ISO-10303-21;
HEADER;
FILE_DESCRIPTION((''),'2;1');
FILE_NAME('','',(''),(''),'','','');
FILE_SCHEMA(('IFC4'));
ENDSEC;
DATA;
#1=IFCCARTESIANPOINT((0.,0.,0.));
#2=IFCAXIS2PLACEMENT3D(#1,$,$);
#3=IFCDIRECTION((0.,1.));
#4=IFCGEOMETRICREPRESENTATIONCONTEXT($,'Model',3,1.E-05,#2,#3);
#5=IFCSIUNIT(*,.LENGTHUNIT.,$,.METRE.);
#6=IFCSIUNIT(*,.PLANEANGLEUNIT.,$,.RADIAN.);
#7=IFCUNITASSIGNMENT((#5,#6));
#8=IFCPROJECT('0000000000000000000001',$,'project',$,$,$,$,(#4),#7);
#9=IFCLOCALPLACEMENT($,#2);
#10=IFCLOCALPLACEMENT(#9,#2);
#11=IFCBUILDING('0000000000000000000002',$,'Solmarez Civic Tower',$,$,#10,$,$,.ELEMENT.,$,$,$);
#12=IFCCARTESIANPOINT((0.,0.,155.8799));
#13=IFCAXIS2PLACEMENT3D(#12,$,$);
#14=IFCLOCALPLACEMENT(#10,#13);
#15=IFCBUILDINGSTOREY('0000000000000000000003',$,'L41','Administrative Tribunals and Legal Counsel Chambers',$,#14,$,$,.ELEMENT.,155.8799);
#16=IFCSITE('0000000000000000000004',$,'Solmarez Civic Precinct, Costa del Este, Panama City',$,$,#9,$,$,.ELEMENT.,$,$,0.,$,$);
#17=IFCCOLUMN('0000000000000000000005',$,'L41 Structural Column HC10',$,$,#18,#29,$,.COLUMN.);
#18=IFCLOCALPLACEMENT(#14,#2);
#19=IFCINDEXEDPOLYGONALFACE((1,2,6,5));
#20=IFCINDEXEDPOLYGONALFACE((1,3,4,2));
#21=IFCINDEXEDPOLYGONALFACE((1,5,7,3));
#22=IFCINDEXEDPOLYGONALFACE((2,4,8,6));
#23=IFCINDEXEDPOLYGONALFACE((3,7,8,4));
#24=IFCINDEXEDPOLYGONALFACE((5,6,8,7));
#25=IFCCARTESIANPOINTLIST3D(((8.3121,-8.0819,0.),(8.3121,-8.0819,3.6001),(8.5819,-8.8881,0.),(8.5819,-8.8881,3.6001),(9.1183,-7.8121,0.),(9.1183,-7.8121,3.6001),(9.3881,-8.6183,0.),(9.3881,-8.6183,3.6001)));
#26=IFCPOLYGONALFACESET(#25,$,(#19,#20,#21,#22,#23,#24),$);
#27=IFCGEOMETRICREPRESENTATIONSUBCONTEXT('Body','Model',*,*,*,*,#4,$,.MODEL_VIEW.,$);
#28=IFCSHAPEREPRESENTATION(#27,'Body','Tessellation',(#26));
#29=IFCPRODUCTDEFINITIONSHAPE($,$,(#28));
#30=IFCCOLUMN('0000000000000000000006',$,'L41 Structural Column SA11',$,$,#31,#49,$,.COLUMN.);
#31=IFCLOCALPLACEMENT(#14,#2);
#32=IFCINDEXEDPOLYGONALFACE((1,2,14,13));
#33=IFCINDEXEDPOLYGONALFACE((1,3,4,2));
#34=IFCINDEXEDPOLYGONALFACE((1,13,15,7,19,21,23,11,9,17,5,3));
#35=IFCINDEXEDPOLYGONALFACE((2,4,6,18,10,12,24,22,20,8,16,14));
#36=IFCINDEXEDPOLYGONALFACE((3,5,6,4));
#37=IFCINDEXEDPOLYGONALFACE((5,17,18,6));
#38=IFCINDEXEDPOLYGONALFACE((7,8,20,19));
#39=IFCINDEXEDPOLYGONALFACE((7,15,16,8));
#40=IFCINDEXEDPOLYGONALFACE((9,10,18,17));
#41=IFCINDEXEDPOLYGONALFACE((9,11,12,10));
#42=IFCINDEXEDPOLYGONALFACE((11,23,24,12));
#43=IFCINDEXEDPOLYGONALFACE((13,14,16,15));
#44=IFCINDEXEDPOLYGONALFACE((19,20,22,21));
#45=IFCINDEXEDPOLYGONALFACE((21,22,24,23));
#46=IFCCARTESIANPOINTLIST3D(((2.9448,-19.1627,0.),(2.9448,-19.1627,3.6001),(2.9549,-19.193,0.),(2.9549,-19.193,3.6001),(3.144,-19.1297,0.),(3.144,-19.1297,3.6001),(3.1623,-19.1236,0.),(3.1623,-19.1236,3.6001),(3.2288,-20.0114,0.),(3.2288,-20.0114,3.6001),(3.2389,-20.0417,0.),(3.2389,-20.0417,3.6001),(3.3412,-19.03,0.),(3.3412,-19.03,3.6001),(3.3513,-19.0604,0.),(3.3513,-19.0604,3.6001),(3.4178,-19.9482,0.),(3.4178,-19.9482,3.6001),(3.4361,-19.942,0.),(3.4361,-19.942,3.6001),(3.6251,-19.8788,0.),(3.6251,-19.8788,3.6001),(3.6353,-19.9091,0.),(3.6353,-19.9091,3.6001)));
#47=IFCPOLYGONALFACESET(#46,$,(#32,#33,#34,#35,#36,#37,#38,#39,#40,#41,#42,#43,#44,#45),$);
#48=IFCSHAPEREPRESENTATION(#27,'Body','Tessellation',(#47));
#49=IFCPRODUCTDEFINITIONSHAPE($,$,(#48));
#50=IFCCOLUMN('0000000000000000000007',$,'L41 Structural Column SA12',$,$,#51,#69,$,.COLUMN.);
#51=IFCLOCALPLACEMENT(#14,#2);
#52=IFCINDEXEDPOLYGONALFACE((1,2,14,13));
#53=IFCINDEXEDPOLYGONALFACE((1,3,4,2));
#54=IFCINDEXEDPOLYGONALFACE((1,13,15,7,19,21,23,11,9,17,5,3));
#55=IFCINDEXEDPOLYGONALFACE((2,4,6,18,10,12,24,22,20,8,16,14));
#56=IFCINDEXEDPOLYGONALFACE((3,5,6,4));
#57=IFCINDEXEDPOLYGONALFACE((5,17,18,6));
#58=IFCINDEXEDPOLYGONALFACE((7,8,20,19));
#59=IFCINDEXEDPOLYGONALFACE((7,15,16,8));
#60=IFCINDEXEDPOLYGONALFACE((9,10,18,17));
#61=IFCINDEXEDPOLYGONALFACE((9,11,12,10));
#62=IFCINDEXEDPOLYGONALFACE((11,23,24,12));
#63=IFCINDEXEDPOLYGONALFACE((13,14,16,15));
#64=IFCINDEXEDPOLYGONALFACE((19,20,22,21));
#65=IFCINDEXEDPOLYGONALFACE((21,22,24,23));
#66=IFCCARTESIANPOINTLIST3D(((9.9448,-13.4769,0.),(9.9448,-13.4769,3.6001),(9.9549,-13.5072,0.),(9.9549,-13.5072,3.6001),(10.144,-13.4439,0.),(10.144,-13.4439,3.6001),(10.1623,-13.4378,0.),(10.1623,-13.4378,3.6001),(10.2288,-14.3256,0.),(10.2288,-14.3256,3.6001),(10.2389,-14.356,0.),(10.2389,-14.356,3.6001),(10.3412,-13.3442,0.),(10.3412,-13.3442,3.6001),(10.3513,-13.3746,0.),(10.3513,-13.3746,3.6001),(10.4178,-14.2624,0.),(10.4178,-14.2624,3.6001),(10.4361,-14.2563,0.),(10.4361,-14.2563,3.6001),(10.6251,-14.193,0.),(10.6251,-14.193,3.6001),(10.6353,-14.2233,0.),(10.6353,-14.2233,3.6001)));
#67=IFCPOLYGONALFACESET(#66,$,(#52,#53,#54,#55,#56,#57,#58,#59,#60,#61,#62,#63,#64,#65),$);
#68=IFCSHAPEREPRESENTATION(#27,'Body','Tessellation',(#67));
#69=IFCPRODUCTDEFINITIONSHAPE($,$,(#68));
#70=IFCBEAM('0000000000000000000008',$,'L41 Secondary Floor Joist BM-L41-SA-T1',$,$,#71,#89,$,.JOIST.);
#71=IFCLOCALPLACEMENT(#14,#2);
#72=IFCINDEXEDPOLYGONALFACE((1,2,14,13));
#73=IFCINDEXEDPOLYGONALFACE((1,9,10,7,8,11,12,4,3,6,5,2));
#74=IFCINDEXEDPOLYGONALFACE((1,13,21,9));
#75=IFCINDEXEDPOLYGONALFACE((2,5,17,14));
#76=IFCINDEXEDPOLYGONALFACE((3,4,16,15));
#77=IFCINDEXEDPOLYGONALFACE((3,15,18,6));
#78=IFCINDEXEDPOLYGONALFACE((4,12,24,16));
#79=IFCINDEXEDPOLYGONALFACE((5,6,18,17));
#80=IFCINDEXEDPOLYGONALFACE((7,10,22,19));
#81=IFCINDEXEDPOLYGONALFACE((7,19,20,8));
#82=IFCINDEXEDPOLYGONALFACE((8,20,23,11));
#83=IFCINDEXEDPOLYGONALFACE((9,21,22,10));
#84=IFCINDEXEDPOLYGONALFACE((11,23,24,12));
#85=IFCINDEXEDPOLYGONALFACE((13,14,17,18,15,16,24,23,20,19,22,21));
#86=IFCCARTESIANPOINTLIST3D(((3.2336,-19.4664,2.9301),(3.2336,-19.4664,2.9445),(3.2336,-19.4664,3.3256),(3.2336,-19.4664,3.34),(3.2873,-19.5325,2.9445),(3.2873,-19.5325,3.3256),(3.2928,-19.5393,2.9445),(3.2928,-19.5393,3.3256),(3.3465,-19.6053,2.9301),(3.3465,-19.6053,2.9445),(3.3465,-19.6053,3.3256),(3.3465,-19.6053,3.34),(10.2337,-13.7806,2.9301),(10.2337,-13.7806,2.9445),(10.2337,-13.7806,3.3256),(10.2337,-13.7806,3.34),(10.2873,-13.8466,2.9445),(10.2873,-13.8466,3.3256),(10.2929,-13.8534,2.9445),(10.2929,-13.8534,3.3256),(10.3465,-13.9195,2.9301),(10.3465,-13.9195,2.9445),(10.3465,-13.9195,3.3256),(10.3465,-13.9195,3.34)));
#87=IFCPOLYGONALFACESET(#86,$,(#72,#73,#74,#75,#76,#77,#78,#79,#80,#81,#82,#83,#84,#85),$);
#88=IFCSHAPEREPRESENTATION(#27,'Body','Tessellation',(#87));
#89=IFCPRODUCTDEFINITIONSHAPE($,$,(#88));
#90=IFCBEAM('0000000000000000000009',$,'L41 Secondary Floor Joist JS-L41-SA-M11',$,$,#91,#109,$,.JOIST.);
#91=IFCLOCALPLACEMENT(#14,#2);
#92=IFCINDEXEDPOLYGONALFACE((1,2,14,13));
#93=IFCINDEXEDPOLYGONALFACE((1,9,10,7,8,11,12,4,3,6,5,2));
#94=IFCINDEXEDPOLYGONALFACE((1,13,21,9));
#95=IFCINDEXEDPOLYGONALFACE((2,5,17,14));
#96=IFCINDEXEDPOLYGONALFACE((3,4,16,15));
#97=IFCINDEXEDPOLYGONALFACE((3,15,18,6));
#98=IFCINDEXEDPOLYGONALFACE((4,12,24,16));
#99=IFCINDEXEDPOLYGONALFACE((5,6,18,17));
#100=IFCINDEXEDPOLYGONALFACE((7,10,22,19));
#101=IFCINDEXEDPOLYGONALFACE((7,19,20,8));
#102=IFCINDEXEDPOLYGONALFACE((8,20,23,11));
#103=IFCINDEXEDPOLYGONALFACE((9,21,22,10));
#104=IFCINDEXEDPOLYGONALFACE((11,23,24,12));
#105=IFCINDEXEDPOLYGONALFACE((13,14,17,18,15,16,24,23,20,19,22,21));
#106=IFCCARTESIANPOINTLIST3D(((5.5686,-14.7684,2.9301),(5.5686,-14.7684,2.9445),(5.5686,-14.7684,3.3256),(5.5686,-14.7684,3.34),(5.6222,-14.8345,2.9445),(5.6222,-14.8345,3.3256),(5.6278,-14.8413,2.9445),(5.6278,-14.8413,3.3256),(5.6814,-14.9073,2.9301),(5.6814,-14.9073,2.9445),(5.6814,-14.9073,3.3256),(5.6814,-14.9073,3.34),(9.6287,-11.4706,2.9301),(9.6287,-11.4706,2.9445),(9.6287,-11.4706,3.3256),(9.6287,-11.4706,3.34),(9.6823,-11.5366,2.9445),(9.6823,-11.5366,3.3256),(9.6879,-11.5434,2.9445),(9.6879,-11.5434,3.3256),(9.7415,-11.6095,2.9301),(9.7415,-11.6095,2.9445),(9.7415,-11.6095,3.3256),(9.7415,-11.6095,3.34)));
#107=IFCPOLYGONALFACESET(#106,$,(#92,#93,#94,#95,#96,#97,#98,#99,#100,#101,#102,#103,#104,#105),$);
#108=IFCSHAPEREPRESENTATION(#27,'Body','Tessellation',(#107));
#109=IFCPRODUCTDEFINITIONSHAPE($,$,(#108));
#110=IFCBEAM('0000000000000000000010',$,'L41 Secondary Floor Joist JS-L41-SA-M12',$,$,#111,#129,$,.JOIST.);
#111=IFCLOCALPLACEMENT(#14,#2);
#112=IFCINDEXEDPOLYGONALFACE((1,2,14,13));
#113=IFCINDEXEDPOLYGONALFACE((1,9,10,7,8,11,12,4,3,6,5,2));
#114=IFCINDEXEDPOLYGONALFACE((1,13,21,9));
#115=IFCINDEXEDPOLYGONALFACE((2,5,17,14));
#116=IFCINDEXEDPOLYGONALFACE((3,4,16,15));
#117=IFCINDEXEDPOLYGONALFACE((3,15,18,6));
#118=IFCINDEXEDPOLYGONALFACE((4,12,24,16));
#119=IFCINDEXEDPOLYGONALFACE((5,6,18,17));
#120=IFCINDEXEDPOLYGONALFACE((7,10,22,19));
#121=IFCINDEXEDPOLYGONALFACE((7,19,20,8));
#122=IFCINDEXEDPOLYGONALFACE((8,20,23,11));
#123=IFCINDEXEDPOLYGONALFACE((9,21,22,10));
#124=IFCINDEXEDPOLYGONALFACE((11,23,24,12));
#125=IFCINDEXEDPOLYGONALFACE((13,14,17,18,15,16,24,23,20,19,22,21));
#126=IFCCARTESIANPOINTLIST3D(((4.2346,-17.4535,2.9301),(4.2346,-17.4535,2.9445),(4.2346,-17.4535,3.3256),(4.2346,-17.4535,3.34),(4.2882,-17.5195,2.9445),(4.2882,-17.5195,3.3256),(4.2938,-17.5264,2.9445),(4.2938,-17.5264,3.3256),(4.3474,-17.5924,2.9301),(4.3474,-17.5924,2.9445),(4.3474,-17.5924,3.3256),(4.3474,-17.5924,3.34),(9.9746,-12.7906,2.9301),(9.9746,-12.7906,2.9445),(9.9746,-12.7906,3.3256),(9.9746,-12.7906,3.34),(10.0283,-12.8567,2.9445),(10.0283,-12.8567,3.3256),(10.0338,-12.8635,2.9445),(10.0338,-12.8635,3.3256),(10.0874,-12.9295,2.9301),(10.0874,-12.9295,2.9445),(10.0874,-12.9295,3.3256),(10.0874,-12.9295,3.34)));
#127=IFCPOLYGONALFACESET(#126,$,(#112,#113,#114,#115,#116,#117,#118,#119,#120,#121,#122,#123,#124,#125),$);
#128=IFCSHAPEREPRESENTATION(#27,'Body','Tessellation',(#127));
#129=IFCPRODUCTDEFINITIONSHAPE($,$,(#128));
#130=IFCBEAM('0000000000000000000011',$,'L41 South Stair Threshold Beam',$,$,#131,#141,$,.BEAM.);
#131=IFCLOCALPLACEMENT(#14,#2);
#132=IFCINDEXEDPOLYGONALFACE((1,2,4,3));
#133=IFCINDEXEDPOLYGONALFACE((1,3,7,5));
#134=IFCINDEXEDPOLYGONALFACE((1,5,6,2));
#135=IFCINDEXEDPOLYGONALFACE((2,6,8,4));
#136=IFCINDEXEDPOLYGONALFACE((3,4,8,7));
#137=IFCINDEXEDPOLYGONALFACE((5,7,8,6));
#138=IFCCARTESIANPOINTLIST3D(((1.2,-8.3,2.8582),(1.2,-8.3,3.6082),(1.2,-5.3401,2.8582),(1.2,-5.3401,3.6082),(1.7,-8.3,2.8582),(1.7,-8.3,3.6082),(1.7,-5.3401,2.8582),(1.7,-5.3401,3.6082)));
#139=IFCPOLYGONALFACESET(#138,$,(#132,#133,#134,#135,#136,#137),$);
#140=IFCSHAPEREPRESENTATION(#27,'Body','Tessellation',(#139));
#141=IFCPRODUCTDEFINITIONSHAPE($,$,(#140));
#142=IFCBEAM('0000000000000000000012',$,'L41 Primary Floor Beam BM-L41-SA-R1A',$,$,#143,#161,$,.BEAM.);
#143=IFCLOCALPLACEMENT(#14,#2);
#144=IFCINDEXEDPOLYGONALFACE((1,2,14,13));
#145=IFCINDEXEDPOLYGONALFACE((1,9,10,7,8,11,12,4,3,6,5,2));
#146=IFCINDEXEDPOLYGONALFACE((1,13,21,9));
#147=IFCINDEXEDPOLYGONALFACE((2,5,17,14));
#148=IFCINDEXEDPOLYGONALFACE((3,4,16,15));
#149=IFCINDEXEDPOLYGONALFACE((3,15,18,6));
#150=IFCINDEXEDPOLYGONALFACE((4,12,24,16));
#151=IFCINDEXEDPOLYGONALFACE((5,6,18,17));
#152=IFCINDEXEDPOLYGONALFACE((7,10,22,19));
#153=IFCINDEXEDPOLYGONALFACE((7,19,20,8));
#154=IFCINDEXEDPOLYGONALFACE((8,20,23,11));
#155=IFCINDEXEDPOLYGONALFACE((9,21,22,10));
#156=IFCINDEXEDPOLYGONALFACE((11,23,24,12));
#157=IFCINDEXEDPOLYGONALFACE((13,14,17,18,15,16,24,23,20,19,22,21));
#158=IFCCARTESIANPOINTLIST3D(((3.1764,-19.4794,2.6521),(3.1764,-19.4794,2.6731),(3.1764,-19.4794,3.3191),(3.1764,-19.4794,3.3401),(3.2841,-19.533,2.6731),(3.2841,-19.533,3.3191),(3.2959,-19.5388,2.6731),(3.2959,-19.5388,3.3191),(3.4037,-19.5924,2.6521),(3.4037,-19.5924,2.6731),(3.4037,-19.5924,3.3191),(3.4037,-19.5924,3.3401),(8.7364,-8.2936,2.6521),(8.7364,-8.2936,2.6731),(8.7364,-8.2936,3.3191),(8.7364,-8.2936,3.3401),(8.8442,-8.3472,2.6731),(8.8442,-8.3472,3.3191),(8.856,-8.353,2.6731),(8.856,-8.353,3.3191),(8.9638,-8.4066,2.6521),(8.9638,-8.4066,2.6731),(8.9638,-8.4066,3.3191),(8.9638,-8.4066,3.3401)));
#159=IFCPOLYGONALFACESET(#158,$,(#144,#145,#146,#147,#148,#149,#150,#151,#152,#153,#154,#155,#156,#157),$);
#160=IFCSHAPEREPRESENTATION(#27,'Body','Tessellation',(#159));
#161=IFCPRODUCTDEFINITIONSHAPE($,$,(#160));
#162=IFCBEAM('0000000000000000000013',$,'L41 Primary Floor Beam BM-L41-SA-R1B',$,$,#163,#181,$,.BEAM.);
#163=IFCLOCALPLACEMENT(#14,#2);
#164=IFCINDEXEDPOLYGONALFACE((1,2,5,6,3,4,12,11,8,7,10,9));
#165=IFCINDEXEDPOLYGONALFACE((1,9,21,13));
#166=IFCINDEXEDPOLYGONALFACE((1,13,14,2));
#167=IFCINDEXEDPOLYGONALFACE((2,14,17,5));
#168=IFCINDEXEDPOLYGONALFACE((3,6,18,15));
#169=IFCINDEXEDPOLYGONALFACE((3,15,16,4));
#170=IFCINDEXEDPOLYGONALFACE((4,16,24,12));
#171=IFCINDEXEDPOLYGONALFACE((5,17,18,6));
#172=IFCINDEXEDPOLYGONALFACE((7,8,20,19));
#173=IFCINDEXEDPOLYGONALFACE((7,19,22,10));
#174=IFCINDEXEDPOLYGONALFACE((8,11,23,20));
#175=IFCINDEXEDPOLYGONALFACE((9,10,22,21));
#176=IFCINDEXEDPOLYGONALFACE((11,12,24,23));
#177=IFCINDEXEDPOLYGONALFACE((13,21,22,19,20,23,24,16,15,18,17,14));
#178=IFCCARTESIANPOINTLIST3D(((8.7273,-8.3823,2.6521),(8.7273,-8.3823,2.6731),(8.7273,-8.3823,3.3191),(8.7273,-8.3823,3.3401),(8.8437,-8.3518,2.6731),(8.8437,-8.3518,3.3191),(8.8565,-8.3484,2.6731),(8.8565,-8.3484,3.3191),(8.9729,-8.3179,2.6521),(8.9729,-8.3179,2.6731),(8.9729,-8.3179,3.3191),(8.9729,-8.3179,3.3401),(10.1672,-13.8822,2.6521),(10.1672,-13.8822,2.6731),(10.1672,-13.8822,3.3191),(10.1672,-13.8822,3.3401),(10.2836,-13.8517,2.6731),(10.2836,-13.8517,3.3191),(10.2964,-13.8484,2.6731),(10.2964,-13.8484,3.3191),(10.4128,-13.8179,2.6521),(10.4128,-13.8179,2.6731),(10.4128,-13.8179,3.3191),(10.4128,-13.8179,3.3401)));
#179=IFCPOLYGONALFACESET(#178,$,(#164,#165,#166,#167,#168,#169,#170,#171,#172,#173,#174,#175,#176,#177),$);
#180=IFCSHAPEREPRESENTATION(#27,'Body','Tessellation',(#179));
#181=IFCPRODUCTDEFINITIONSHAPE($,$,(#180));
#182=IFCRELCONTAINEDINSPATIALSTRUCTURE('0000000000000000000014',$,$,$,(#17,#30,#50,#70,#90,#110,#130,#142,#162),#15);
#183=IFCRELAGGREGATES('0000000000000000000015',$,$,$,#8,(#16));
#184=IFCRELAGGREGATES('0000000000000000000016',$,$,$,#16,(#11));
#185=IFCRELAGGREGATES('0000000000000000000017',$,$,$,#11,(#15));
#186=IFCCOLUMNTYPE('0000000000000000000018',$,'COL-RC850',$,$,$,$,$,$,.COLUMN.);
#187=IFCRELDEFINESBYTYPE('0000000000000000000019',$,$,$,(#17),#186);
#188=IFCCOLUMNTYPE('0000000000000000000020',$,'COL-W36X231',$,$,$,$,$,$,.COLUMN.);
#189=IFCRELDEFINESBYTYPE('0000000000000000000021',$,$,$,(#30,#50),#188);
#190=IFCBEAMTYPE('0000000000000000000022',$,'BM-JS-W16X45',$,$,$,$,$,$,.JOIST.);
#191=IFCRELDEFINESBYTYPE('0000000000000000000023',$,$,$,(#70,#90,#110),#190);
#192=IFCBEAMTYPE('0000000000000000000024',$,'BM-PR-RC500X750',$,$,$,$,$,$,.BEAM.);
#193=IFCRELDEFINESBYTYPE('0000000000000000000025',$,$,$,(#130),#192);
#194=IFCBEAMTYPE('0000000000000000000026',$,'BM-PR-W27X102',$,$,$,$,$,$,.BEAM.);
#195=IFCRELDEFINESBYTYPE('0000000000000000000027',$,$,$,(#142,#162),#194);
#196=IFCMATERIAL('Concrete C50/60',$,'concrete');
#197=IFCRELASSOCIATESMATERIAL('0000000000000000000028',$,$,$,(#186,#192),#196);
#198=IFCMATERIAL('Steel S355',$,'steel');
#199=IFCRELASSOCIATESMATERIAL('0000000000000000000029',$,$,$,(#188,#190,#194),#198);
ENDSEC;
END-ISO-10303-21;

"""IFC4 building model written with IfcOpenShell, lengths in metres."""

from ifc_helpers import new_model, si_unit, direction, frame, origin, origin_2d, place, context, subcontext, project, spatial, rectangle, i_section, extrude, material, material_profile, profile_set, type_object, element, save


model = new_model("IFC4")

# Units and contexts
model_context = context("Model", 3, precision=1e-05, world=origin(), true_north=direction((0.0, 1.0)))
body_context = subcontext(model_context, "Body", "Model", "MODEL_VIEW")
ifc_project = project(units=[si_unit("LENGTHUNIT", "METRE"), si_unit("PLANEANGLEUNIT", "RADIAN")], contexts=[model_context])

# Site, building, storey
site_placement = place(None, origin())
site = spatial("IfcSite", under=ifc_project, at=site_placement, Name="Solmarez Civic Precinct, Costa del Este, Panama City", CompositionType="ELEMENT", RefElevation=0.0)
building_placement = place(site_placement, origin())
building = spatial("IfcBuilding", under=site, at=building_placement, Name="Solmarez Civic Tower", CompositionType="ELEMENT")
storey_placement = place(building_placement, frame((0.0, 0.0, 155.8799)))
storey = spatial("IfcBuildingStorey", under=building, at=storey_placement, Name="L41", Description="Administrative Tribunals and Legal Counsel Chambers", CompositionType="ELEMENT", Elevation=155.8799)

# Columns
ifc_material_1 = material(Name="Concrete C50/60", Category="concrete")
ifc_material_profile_1 = material_profile(ifc_material_1, rectangle(XDim=0.8501, YDim=0.8501, at=origin_2d()), Name="RC850X850")
ifc_profile_set_1 = profile_set([ifc_material_profile_1], Name="Concrete C50/60")
column_type_1 = type_object("IfcColumnType", Name="COL-RC850", PredefinedType="COLUMN", material=ifc_profile_set_1)
column_placement = place(storey_placement, frame((8.8501, -8.3501, 0.0), z_axis=(0.0, 0.0, 1.0), x_axis=(0.948324, 0.317305, 0.0)))
element("IfcColumn", 1, at=column_placement, inside=storey, type_object=column_type_1, Name="L41 Structural Column HC10", PredefinedType="COLUMN", context=body_context, shape_type="SweptSolid", body=[
    extrude(rectangle(XDim=0.8501, YDim=0.8501, at=origin_2d()), origin(), (0.0, 0.0, 1.0), 3.6001),
])
ifc_material_2 = material(Name="Steel S355", Category="steel")
ifc_material_profile_2 = material_profile(ifc_material_2, i_section(OverallWidth=0.418, OverallDepth=0.927, WebThickness=0.0193, FlangeThickness=0.032, at=origin_2d()), Name="W36X231")
ifc_profile_set_2 = profile_set([ifc_material_profile_2], Name="Steel S355")
column_type_2 = type_object("IfcColumnType", Name="COL-W36X231", PredefinedType="COLUMN", material=ifc_profile_set_2)
for number, where, z_axis, x_axis, name in (
    (2, (3.29, -19.5359, 0.0), (0.0, 0.0, 1.0), (0.948324, 0.317305, 0.0), "L41 Structural Column SA11"),
    (3, (10.29, -13.8501, 0.0), (0.0, 0.0, 1.0), (0.948324, 0.317305, 0.0), "L41 Structural Column SA12"),
):
    element("IfcColumn", number, at=place(storey_placement, frame(where, z_axis=z_axis, x_axis=x_axis)), inside=storey, type_object=column_type_2, Name=name, PredefinedType="COLUMN", context=body_context, shape_type="SweptSolid", body=[
        extrude(i_section(OverallWidth=0.418, OverallDepth=0.927, WebThickness=0.0193, FlangeThickness=0.032, at=origin_2d()), origin(), (0.0, 0.0, 1.0), 3.6001),
    ])

# Beams
ifc_material_profile_3 = material_profile(ifc_material_2, i_section(OverallWidth=0.179, OverallDepth=0.4099, WebThickness=0.0088, FlangeThickness=0.0144, at=origin_2d()), Name="W16X45")
ifc_profile_set_3 = profile_set([ifc_material_profile_3], Name="Steel S355")
beam_type_1 = type_object("IfcBeamType", Name="BM-JS-W16X45", PredefinedType="JOIST", material=ifc_profile_set_3)
beam_1_placement = place(storey_placement, frame((3.29, -19.5359, 3.135), z_axis=(0.776207, 0.630478, 0.0), x_axis=(-0.630478, 0.776207, 0.0)))
element("IfcBeam", 4, at=beam_1_placement, inside=storey, type_object=beam_type_1, Name="L41 Secondary Floor Joist BM-L41-SA-T1", PredefinedType="JOIST", context=body_context, shape_type="SweptSolid", body=[
    extrude(i_section(OverallWidth=0.179, OverallDepth=0.4099, WebThickness=0.0088, FlangeThickness=0.0144, at=origin_2d()), origin(), (0.0, 0.0, 1.0), 9.0183),
])
beam_2_placement = place(storey_placement, frame((5.625, -14.8379, 3.135), z_axis=(0.776203, 0.630484, 0.0), x_axis=(-0.630484, 0.776203, 0.0)))
element("IfcBeam", 5, at=beam_2_placement, inside=storey, type_object=beam_type_1, Name="L41 Secondary Floor Joist JS-L41-SA-M11", PredefinedType="JOIST", context=body_context, shape_type="SweptSolid", body=[
    extrude(i_section(OverallWidth=0.179, OverallDepth=0.4099, WebThickness=0.0088, FlangeThickness=0.0144, at=origin_2d()), origin(), (0.0, 0.0, 1.0), 5.2307),
])
beam_3_placement = place(storey_placement, frame((4.291, -17.5229, 3.135), z_axis=(0.776174, 0.630519, 0.0), x_axis=(-0.630519, 0.776174, 0.0)))
element("IfcBeam", 6, at=beam_3_placement, inside=storey, type_object=beam_type_1, Name="L41 Secondary Floor Joist JS-L41-SA-M12", PredefinedType="JOIST", context=body_context, shape_type="SweptSolid", body=[
    extrude(i_section(OverallWidth=0.179, OverallDepth=0.4099, WebThickness=0.0088, FlangeThickness=0.0144, at=origin_2d()), origin(), (0.0, 0.0, 1.0), 7.3953),
])
ifc_material_profile_4 = material_profile(ifc_material_1, rectangle(XDim=0.5, YDim=0.75, at=origin_2d()), Name="RC500X750")
ifc_profile_set_4 = profile_set([ifc_material_profile_4], Name="Concrete C50/60")
beam_type_2 = type_object("IfcBeamType", Name="BM-PR-RC500X750", PredefinedType="BEAM", material=ifc_profile_set_4)
beam_4_placement = place(storey_placement, frame((1.45, -8.3, 3.2332), z_axis=(0.0, 1.0, 0.0), x_axis=(-1.0, 0.0, 0.0)))
element("IfcBeam", 7, at=beam_4_placement, inside=storey, type_object=beam_type_2, Name="L41 South Stair Threshold Beam", PredefinedType="BEAM", context=body_context, shape_type="SweptSolid", body=[
    extrude(rectangle(XDim=0.5, YDim=0.75, at=origin_2d()), origin(), (0.0, 0.0, 1.0), 2.96),
])
ifc_material_profile_5 = material_profile(ifc_material_2, i_section(OverallWidth=0.2539, OverallDepth=0.688, WebThickness=0.0132, FlangeThickness=0.021, at=origin_2d()), Name="W27X102")
ifc_profile_set_5 = profile_set([ifc_material_profile_5], Name="Steel S355")
beam_type_3 = type_object("IfcBeamType", Name="BM-PR-W27X102", PredefinedType="BEAM", material=ifc_profile_set_5)
beam_5_placement = place(storey_placement, frame((8.8501, -8.3501, 2.9961), z_axis=(-0.445109, -0.895476, 0.0), x_axis=(0.895476, -0.445109, 0.0)))
element("IfcBeam", 8, at=beam_5_placement, inside=storey, type_object=beam_type_3, Name="L41 Primary Floor Beam BM-L41-SA-R1A", PredefinedType="BEAM", context=body_context, shape_type="SweptSolid", body=[
    extrude(i_section(OverallWidth=0.2539, OverallDepth=0.688, WebThickness=0.0132, FlangeThickness=0.021, at=origin_2d()), origin(), (0.0, 0.0, 1.0), 12.4915),
])
beam_6_placement = place(storey_placement, frame((8.8501, -8.3501, 2.9961), z_axis=(0.253271, -0.967395, 0.0), x_axis=(0.967395, 0.253271, 0.0)))
element("IfcBeam", 9, at=beam_6_placement, inside=storey, type_object=beam_type_3, Name="L41 Primary Floor Beam BM-L41-SA-R1B", PredefinedType="BEAM", context=body_context, shape_type="SweptSolid", body=[
    extrude(i_section(OverallWidth=0.2539, OverallDepth=0.688, WebThickness=0.0132, FlangeThickness=0.021, at=origin_2d()), origin(), (0.0, 0.0, 1.0), 5.6853),
])

save(model, "model.ifc")
